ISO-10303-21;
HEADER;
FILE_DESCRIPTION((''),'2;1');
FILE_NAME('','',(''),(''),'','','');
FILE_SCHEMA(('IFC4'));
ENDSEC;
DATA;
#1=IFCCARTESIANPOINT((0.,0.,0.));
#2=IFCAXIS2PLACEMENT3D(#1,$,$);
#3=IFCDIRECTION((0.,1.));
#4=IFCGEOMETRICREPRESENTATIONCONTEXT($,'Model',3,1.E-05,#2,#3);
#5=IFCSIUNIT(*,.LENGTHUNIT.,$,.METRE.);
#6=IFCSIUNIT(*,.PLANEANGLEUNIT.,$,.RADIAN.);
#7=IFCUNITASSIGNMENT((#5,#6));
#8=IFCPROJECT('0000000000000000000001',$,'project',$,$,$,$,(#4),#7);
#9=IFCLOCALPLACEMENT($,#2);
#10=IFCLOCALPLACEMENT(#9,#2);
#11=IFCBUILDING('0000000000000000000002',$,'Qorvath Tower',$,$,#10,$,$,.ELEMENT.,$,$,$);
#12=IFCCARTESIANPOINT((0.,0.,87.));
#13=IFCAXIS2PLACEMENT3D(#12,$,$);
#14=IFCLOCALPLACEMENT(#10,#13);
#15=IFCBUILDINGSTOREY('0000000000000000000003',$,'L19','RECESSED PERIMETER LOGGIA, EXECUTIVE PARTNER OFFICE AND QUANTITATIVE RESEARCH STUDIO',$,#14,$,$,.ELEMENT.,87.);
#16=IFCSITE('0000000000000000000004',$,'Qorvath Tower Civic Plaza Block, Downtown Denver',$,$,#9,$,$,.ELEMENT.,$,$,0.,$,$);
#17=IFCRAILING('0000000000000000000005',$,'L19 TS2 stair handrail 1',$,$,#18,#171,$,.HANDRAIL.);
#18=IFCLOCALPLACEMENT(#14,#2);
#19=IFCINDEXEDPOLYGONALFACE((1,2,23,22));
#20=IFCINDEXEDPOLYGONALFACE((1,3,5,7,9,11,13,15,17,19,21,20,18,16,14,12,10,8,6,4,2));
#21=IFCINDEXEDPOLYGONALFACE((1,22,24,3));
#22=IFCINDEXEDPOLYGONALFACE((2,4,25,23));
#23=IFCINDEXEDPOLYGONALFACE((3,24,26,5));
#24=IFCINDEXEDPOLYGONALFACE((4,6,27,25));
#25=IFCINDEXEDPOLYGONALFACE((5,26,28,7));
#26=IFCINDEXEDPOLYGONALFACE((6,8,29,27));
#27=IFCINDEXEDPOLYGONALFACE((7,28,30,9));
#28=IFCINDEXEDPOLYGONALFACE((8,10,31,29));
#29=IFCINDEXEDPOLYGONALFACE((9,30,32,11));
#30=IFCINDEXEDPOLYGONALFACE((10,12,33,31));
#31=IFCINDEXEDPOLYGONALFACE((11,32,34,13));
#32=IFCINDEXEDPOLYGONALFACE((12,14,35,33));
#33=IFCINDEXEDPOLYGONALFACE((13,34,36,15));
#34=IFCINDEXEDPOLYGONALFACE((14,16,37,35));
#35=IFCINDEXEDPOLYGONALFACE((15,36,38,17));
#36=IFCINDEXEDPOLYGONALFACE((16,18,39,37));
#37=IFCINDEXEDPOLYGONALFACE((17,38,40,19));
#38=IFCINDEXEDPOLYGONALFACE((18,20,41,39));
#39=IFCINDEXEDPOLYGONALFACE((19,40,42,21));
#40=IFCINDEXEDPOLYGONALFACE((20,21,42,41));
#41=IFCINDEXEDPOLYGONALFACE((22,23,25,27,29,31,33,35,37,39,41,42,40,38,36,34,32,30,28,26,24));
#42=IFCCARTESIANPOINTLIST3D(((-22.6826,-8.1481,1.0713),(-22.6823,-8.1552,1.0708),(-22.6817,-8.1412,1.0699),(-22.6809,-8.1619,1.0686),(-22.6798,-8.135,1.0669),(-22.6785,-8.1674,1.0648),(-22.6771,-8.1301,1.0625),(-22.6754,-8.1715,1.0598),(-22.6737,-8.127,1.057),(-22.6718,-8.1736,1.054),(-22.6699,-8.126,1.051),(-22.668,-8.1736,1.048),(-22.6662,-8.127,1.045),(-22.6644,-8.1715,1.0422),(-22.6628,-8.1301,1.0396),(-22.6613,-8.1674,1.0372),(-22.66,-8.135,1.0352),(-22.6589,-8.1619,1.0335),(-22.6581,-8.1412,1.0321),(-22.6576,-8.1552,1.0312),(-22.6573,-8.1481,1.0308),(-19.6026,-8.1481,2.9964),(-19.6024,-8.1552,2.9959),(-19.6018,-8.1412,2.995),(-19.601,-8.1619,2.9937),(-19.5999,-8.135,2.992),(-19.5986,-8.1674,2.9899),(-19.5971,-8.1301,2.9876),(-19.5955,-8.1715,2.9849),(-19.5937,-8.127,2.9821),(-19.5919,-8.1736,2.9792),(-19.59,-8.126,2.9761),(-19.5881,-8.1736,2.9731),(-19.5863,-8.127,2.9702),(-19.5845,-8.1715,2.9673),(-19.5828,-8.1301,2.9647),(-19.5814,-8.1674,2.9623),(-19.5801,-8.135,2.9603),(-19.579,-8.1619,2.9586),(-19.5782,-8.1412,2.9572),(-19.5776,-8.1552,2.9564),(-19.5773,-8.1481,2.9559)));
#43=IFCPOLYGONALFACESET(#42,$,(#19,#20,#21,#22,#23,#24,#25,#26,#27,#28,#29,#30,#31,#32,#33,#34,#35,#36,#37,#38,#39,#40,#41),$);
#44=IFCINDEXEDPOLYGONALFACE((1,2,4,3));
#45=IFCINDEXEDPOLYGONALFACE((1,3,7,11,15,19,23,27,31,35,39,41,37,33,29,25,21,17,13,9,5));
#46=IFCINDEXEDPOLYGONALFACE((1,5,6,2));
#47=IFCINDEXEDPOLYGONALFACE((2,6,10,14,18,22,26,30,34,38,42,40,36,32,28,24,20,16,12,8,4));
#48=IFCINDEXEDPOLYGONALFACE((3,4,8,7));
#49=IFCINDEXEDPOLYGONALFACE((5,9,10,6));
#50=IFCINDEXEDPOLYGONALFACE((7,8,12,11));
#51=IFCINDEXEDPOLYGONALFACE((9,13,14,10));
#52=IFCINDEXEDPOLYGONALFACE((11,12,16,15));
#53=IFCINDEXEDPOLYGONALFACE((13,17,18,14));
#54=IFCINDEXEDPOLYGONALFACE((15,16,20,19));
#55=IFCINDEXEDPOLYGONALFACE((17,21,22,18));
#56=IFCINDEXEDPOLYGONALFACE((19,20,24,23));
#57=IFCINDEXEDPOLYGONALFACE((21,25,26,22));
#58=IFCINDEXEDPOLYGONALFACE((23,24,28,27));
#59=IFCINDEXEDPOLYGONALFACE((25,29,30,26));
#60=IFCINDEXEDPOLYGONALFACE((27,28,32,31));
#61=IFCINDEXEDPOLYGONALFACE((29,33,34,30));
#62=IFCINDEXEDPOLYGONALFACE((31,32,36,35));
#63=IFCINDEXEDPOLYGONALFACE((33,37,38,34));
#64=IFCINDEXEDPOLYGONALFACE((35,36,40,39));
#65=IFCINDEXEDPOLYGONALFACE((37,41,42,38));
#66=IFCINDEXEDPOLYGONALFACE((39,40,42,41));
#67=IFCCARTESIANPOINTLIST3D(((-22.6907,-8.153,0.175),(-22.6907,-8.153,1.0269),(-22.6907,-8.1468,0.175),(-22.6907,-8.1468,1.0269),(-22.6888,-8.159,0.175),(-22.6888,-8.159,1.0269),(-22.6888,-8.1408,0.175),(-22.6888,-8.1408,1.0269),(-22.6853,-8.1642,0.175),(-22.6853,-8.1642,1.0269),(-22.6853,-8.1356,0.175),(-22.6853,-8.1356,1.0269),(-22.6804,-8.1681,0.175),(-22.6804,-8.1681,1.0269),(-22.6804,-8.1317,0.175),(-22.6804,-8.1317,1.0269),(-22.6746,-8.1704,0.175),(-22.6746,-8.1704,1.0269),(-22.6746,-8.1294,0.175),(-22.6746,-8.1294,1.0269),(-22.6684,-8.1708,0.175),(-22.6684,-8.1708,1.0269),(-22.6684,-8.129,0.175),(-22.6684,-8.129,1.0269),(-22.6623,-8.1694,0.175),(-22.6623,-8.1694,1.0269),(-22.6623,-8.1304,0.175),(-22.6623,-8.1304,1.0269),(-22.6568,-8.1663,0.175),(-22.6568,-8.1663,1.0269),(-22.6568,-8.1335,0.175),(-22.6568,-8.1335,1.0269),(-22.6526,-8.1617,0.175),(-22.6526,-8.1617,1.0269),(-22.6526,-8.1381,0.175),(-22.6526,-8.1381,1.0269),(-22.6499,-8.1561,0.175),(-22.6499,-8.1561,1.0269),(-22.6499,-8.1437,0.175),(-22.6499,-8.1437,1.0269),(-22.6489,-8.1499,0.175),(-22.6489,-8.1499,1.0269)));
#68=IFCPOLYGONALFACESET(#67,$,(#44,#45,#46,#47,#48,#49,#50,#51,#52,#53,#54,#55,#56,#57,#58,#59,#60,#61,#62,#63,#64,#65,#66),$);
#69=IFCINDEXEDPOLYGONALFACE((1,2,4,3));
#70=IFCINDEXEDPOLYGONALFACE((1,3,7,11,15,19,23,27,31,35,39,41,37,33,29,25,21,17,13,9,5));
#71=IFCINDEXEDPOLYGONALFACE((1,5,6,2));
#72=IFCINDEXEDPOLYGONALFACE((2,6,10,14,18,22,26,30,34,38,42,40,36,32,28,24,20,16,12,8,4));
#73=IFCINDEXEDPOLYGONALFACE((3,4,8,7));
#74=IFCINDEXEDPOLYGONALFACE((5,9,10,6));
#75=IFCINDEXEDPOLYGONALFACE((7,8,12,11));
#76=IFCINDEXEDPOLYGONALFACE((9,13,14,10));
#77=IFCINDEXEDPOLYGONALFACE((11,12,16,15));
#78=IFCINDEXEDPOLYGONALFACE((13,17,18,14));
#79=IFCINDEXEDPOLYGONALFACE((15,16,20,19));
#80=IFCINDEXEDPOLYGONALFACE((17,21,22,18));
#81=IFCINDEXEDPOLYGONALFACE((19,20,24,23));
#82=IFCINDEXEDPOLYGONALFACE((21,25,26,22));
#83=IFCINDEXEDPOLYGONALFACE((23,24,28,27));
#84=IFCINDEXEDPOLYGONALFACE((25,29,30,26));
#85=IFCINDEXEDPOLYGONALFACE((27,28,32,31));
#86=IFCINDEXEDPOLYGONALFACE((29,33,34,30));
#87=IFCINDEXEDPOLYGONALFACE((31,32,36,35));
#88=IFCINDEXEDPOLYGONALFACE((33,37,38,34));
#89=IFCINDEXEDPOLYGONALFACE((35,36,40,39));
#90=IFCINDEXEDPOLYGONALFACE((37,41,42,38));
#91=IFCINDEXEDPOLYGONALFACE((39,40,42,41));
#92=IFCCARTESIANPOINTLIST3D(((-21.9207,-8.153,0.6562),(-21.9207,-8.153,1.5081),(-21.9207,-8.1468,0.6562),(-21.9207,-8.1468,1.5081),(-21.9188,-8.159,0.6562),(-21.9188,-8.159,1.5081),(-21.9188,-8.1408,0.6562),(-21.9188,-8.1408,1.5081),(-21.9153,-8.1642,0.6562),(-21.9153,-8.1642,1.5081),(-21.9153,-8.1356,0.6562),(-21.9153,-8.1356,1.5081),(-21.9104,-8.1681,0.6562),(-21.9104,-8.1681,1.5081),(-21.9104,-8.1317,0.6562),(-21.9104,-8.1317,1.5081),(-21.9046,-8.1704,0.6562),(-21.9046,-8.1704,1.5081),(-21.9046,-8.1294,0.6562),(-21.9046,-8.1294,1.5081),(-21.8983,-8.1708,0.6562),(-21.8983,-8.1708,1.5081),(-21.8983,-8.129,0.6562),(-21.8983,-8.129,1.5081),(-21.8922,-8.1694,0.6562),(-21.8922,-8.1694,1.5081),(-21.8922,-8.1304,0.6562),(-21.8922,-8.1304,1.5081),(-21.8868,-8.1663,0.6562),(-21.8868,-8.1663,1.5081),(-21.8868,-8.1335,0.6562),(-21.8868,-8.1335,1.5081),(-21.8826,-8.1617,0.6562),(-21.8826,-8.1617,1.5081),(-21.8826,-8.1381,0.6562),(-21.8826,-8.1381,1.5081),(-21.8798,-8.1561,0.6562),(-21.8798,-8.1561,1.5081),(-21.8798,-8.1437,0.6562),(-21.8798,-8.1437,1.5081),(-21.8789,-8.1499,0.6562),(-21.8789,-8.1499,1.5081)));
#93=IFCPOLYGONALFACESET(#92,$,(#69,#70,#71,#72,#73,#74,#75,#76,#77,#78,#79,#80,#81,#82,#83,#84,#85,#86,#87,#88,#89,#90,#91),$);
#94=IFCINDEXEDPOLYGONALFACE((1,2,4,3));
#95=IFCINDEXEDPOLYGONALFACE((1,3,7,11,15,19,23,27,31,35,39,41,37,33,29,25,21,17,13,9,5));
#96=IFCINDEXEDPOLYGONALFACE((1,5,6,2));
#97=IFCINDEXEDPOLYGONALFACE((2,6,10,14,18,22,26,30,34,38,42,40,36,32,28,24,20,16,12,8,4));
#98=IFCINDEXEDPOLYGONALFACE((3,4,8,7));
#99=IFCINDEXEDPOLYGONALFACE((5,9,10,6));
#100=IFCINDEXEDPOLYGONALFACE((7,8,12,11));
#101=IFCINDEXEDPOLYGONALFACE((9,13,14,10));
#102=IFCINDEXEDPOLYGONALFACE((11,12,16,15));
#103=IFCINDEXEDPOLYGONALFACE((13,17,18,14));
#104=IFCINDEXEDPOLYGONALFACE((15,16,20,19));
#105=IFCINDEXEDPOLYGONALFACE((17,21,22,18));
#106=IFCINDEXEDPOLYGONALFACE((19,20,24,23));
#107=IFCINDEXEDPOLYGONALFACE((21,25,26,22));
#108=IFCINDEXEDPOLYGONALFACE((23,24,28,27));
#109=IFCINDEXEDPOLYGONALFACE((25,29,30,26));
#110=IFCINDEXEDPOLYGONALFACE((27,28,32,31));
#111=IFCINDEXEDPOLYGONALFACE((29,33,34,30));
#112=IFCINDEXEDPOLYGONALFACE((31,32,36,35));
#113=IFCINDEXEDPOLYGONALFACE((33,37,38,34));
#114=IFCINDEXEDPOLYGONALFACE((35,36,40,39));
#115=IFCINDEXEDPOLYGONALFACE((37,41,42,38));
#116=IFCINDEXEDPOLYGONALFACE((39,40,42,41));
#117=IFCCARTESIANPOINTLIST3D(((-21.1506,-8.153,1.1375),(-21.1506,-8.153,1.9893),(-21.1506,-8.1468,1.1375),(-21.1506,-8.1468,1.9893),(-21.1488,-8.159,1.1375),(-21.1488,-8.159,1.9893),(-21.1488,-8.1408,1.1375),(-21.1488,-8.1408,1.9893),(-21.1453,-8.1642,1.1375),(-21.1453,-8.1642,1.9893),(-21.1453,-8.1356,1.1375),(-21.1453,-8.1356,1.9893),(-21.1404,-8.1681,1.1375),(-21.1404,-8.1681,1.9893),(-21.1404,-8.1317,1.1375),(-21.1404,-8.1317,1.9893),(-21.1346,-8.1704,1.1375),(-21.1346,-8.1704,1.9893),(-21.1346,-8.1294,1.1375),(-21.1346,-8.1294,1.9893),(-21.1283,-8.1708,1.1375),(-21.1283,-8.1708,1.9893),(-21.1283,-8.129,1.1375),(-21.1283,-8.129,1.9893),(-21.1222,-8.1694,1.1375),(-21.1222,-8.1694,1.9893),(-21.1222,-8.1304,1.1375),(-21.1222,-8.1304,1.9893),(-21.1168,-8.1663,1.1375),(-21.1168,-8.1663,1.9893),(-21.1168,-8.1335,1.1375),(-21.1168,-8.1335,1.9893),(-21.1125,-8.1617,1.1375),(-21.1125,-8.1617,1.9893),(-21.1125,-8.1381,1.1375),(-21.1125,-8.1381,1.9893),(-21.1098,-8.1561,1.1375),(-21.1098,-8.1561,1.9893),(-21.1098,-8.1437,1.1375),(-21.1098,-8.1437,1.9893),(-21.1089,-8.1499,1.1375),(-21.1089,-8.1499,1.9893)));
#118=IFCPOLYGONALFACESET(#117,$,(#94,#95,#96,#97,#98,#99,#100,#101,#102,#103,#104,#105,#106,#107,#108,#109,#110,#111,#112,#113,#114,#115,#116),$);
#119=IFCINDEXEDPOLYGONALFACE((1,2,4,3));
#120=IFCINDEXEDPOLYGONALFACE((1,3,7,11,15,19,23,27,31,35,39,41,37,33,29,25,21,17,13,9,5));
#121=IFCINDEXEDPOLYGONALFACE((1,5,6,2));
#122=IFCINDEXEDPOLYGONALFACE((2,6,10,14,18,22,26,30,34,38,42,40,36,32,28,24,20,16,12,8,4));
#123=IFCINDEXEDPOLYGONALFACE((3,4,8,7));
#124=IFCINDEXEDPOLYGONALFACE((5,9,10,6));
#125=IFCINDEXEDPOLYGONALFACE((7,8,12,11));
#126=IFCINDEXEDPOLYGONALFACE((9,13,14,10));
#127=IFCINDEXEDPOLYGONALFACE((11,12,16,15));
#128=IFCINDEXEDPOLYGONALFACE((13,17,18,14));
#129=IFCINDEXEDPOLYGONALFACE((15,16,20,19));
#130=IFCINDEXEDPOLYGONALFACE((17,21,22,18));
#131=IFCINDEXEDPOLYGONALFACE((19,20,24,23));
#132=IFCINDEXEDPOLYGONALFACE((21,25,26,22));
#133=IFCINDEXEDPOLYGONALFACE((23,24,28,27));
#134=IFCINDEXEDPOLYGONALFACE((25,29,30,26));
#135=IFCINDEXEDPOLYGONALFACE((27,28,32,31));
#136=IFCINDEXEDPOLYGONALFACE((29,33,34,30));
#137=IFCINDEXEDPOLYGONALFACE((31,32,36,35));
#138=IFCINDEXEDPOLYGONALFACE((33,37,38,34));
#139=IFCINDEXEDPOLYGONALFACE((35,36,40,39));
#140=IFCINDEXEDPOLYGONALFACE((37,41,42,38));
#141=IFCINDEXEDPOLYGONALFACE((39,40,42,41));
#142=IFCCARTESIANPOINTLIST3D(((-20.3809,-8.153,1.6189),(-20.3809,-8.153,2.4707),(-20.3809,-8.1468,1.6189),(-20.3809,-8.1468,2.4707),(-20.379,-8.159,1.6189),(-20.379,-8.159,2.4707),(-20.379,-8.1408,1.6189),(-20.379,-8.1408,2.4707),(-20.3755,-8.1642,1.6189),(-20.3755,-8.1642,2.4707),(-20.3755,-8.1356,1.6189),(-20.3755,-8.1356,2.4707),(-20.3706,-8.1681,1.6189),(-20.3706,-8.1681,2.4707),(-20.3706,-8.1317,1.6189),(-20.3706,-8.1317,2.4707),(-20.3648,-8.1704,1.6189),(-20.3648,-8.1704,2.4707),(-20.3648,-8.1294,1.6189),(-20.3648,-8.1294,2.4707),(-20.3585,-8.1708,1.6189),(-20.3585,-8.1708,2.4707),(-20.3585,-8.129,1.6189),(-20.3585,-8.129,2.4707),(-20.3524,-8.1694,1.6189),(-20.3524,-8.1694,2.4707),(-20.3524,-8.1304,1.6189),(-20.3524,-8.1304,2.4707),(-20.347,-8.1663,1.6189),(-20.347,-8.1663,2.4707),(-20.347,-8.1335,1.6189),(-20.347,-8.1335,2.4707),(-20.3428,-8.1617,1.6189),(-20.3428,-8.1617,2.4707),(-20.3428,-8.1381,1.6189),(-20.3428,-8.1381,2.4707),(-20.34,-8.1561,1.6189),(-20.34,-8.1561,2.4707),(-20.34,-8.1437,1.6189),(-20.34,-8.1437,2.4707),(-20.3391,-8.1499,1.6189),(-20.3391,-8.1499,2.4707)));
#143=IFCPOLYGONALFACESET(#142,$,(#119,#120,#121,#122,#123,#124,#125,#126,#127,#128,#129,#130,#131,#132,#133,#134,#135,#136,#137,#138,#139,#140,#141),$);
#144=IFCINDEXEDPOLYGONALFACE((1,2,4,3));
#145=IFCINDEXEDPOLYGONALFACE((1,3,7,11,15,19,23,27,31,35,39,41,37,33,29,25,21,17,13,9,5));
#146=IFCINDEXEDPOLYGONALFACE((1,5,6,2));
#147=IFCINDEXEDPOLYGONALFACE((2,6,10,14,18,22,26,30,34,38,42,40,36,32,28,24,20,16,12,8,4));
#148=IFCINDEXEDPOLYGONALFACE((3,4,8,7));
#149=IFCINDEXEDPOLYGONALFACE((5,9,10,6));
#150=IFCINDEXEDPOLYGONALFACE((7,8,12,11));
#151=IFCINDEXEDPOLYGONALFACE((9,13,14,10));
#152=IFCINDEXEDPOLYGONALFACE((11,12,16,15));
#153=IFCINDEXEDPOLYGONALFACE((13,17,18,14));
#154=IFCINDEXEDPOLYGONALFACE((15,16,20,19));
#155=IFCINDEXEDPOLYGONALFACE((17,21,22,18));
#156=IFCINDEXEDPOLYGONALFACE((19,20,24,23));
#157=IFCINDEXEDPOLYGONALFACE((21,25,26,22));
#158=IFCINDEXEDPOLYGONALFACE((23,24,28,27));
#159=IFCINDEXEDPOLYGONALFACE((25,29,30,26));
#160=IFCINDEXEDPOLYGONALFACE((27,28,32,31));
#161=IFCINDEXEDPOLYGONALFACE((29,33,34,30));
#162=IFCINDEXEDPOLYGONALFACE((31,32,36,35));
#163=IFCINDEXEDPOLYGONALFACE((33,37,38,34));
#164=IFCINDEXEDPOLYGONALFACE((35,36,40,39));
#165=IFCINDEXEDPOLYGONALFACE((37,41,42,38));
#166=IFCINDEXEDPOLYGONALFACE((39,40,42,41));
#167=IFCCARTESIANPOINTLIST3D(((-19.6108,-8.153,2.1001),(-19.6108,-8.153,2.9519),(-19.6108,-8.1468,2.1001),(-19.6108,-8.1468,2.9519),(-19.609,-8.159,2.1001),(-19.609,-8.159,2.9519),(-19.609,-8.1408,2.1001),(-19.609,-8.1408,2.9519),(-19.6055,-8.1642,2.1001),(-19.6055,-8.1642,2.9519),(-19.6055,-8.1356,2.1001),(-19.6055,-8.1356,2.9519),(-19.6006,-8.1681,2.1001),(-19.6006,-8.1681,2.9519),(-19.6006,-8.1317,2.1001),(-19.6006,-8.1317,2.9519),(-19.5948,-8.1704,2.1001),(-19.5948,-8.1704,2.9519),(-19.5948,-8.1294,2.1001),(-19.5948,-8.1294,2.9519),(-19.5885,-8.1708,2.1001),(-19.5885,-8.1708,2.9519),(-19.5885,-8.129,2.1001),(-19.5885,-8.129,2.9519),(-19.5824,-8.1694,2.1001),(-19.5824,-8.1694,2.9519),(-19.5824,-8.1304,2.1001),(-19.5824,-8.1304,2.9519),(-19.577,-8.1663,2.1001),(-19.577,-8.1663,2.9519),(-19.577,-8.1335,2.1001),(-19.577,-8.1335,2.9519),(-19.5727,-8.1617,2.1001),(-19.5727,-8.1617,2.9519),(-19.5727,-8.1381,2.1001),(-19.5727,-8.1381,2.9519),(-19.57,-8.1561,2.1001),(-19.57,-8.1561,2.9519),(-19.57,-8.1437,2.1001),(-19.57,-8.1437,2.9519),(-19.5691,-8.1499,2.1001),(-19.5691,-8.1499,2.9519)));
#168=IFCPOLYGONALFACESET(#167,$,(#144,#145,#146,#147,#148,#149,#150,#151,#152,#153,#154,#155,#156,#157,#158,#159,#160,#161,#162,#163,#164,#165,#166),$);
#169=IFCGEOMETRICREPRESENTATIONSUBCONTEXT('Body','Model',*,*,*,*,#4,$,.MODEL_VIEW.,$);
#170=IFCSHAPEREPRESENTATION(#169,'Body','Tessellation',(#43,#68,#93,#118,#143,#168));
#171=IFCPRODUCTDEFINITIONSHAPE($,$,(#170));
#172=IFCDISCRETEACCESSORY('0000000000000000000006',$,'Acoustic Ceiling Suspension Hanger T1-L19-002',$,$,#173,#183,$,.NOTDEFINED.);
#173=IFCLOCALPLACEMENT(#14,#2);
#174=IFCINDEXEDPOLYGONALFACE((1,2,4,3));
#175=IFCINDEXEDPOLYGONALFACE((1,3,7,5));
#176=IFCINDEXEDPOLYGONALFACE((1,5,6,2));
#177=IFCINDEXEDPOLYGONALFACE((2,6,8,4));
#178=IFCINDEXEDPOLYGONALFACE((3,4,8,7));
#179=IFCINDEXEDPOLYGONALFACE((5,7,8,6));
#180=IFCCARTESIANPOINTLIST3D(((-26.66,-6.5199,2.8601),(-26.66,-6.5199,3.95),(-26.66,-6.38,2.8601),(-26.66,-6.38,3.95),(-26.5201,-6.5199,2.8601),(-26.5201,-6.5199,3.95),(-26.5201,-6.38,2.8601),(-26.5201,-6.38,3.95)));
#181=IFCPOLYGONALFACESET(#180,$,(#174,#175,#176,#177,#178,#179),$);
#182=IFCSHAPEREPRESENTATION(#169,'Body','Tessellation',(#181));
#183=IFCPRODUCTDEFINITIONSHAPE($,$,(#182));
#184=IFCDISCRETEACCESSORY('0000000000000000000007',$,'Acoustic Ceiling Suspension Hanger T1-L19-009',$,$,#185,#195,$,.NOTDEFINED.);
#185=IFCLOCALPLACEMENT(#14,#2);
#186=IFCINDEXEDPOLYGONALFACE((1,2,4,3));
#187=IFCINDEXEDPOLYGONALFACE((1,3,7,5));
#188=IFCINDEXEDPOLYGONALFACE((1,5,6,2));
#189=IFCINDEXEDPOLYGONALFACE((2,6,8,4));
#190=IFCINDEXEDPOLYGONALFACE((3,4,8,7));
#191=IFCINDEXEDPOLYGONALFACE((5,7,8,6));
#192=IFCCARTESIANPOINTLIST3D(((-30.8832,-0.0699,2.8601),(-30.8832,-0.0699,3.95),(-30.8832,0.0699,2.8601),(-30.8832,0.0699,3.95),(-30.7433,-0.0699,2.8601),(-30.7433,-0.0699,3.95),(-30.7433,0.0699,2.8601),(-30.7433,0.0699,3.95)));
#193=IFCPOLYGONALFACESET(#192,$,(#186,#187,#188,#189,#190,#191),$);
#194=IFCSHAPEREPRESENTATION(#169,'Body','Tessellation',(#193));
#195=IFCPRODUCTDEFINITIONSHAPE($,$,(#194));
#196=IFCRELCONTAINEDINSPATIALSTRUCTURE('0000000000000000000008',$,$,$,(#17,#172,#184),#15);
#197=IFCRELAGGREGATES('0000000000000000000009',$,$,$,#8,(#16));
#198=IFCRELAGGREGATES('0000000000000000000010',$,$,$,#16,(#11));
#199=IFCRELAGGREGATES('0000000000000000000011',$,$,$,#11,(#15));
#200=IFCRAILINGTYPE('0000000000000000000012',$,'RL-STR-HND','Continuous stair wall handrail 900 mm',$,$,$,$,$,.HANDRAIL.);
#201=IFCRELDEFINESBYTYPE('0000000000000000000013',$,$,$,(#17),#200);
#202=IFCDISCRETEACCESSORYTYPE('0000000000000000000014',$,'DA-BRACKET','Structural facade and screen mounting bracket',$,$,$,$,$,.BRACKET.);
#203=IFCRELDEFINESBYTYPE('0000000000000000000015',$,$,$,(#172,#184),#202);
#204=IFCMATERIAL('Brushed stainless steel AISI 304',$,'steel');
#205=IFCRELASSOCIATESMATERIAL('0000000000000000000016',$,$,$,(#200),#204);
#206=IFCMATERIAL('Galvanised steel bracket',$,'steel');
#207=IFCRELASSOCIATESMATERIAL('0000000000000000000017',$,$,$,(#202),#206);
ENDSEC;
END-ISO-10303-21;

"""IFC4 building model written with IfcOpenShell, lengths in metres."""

from ifc_helpers import new_model, si_unit, direction, frame, origin, origin_2d, place, context, subcontext, project, spatial, rectangle, circle, extrude, material, type_object, element, save


model = new_model("IFC4")

# Units and contexts
model_context = context("Model", 3, precision=1e-05, world=origin(), true_north=direction((0.0, 1.0)))
body_context = subcontext(model_context, "Body", "Model", "MODEL_VIEW")
ifc_project = project(units=[si_unit("LENGTHUNIT", "METRE"), si_unit("PLANEANGLEUNIT", "RADIAN")], contexts=[model_context])

# Site, building, storey
site_placement = place(None, origin())
site = spatial("IfcSite", under=ifc_project, at=site_placement, Name="Qorvath Tower Civic Plaza Block, Downtown Denver", CompositionType="ELEMENT", RefElevation=0.0)
building_placement = place(site_placement, origin())
building = spatial("IfcBuilding", under=site, at=building_placement, Name="Qorvath Tower", CompositionType="ELEMENT")
storey_placement = place(building_placement, frame((0.0, 0.0, 87.0)))
storey = spatial("IfcBuildingStorey", under=building, at=storey_placement, Name="L19", Description="RECESSED PERIMETER LOGGIA, EXECUTIVE PARTNER OFFICE AND QUANTITATIVE RESEARCH STUDIO", CompositionType="ELEMENT", Elevation=87.0)

# Railing
ifc_material_1 = material(Name="Brushed stainless steel AISI 304", Category="steel")
railing_type_1 = type_object("IfcRailingType", Name="RL-STR-HND", Description="Continuous stair wall handrail 900 mm", PredefinedType="HANDRAIL", material=ifc_material_1)
railing_1_placement = place(storey_placement, frame((-22.6699, -8.1499, 0.175)))
element("IfcRailing", 1, at=railing_1_placement, inside=storey, type_object=railing_type_1, Name="L19 TS2 stair handrail 1", PredefinedType="HANDRAIL", context=body_context, shape_type="SweptSolid", body=[
    extrude(circle(Radius=0.0239, at=origin_2d()), frame((0.0, 0.0, 0.876), z_axis=(0.847979, 0.0, 0.530029), x_axis=(0.0, 1.0, 0.0)), (0.0, 0.0, 1.0), 3.6321),
    extrude(circle(Radius=0.021, at=origin_2d()), origin(), (0.0, 0.0, 1.0), 0.8518),
    extrude(circle(Radius=0.021, at=origin_2d()), frame((0.77, 0.0, 0.4812)), (0.0, 0.0, 1.0), 0.8518),
    extrude(circle(Radius=0.021, at=origin_2d()), frame((1.54, 0.0, 0.9624)), (0.0, 0.0, 1.0), 0.8518),
    extrude(circle(Radius=0.021, at=origin_2d()), frame((2.3098, 0.0, 1.4438)), (0.0, 0.0, 1.0), 0.8518),
    extrude(circle(Radius=0.021, at=origin_2d()), frame((3.0798, 0.0, 1.925)), (0.0, 0.0, 1.0), 0.8518),
])

# Discrete accessories
ifc_material_2 = material(Name="Galvanised steel bracket", Category="steel")
discrete_accessory_type = type_object("IfcDiscreteAccessoryType", Name="DA-BRACKET", Description="Structural facade and screen mounting bracket", PredefinedType="BRACKET", material=ifc_material_2)
for number, where, z_axis, x_axis, name in (
    (2, (-26.5901, -6.45, 2.8601), (0.0, 0.0, 1.0), (1.0, 0.0, 0.0), "Acoustic Ceiling Suspension Hanger T1-L19-002"),
    (3, (-30.8132, 0.0, 2.8601), (0.0, 0.0, 1.0), (1.0, 0.0, 0.0), "Acoustic Ceiling Suspension Hanger T1-L19-009"),
):
    element("IfcDiscreteAccessory", number, at=place(storey_placement, frame(where, z_axis=z_axis, x_axis=x_axis)), inside=storey, type_object=discrete_accessory_type, Name=name, PredefinedType="NOTDEFINED", context=body_context, shape_type="SweptSolid", body=[
        extrude(rectangle(XDim=0.1399, YDim=0.1399, at=origin_2d()), origin(), (0.0, 0.0, 1.0), 1.0898),
    ])

save(model, "model.ifc")
